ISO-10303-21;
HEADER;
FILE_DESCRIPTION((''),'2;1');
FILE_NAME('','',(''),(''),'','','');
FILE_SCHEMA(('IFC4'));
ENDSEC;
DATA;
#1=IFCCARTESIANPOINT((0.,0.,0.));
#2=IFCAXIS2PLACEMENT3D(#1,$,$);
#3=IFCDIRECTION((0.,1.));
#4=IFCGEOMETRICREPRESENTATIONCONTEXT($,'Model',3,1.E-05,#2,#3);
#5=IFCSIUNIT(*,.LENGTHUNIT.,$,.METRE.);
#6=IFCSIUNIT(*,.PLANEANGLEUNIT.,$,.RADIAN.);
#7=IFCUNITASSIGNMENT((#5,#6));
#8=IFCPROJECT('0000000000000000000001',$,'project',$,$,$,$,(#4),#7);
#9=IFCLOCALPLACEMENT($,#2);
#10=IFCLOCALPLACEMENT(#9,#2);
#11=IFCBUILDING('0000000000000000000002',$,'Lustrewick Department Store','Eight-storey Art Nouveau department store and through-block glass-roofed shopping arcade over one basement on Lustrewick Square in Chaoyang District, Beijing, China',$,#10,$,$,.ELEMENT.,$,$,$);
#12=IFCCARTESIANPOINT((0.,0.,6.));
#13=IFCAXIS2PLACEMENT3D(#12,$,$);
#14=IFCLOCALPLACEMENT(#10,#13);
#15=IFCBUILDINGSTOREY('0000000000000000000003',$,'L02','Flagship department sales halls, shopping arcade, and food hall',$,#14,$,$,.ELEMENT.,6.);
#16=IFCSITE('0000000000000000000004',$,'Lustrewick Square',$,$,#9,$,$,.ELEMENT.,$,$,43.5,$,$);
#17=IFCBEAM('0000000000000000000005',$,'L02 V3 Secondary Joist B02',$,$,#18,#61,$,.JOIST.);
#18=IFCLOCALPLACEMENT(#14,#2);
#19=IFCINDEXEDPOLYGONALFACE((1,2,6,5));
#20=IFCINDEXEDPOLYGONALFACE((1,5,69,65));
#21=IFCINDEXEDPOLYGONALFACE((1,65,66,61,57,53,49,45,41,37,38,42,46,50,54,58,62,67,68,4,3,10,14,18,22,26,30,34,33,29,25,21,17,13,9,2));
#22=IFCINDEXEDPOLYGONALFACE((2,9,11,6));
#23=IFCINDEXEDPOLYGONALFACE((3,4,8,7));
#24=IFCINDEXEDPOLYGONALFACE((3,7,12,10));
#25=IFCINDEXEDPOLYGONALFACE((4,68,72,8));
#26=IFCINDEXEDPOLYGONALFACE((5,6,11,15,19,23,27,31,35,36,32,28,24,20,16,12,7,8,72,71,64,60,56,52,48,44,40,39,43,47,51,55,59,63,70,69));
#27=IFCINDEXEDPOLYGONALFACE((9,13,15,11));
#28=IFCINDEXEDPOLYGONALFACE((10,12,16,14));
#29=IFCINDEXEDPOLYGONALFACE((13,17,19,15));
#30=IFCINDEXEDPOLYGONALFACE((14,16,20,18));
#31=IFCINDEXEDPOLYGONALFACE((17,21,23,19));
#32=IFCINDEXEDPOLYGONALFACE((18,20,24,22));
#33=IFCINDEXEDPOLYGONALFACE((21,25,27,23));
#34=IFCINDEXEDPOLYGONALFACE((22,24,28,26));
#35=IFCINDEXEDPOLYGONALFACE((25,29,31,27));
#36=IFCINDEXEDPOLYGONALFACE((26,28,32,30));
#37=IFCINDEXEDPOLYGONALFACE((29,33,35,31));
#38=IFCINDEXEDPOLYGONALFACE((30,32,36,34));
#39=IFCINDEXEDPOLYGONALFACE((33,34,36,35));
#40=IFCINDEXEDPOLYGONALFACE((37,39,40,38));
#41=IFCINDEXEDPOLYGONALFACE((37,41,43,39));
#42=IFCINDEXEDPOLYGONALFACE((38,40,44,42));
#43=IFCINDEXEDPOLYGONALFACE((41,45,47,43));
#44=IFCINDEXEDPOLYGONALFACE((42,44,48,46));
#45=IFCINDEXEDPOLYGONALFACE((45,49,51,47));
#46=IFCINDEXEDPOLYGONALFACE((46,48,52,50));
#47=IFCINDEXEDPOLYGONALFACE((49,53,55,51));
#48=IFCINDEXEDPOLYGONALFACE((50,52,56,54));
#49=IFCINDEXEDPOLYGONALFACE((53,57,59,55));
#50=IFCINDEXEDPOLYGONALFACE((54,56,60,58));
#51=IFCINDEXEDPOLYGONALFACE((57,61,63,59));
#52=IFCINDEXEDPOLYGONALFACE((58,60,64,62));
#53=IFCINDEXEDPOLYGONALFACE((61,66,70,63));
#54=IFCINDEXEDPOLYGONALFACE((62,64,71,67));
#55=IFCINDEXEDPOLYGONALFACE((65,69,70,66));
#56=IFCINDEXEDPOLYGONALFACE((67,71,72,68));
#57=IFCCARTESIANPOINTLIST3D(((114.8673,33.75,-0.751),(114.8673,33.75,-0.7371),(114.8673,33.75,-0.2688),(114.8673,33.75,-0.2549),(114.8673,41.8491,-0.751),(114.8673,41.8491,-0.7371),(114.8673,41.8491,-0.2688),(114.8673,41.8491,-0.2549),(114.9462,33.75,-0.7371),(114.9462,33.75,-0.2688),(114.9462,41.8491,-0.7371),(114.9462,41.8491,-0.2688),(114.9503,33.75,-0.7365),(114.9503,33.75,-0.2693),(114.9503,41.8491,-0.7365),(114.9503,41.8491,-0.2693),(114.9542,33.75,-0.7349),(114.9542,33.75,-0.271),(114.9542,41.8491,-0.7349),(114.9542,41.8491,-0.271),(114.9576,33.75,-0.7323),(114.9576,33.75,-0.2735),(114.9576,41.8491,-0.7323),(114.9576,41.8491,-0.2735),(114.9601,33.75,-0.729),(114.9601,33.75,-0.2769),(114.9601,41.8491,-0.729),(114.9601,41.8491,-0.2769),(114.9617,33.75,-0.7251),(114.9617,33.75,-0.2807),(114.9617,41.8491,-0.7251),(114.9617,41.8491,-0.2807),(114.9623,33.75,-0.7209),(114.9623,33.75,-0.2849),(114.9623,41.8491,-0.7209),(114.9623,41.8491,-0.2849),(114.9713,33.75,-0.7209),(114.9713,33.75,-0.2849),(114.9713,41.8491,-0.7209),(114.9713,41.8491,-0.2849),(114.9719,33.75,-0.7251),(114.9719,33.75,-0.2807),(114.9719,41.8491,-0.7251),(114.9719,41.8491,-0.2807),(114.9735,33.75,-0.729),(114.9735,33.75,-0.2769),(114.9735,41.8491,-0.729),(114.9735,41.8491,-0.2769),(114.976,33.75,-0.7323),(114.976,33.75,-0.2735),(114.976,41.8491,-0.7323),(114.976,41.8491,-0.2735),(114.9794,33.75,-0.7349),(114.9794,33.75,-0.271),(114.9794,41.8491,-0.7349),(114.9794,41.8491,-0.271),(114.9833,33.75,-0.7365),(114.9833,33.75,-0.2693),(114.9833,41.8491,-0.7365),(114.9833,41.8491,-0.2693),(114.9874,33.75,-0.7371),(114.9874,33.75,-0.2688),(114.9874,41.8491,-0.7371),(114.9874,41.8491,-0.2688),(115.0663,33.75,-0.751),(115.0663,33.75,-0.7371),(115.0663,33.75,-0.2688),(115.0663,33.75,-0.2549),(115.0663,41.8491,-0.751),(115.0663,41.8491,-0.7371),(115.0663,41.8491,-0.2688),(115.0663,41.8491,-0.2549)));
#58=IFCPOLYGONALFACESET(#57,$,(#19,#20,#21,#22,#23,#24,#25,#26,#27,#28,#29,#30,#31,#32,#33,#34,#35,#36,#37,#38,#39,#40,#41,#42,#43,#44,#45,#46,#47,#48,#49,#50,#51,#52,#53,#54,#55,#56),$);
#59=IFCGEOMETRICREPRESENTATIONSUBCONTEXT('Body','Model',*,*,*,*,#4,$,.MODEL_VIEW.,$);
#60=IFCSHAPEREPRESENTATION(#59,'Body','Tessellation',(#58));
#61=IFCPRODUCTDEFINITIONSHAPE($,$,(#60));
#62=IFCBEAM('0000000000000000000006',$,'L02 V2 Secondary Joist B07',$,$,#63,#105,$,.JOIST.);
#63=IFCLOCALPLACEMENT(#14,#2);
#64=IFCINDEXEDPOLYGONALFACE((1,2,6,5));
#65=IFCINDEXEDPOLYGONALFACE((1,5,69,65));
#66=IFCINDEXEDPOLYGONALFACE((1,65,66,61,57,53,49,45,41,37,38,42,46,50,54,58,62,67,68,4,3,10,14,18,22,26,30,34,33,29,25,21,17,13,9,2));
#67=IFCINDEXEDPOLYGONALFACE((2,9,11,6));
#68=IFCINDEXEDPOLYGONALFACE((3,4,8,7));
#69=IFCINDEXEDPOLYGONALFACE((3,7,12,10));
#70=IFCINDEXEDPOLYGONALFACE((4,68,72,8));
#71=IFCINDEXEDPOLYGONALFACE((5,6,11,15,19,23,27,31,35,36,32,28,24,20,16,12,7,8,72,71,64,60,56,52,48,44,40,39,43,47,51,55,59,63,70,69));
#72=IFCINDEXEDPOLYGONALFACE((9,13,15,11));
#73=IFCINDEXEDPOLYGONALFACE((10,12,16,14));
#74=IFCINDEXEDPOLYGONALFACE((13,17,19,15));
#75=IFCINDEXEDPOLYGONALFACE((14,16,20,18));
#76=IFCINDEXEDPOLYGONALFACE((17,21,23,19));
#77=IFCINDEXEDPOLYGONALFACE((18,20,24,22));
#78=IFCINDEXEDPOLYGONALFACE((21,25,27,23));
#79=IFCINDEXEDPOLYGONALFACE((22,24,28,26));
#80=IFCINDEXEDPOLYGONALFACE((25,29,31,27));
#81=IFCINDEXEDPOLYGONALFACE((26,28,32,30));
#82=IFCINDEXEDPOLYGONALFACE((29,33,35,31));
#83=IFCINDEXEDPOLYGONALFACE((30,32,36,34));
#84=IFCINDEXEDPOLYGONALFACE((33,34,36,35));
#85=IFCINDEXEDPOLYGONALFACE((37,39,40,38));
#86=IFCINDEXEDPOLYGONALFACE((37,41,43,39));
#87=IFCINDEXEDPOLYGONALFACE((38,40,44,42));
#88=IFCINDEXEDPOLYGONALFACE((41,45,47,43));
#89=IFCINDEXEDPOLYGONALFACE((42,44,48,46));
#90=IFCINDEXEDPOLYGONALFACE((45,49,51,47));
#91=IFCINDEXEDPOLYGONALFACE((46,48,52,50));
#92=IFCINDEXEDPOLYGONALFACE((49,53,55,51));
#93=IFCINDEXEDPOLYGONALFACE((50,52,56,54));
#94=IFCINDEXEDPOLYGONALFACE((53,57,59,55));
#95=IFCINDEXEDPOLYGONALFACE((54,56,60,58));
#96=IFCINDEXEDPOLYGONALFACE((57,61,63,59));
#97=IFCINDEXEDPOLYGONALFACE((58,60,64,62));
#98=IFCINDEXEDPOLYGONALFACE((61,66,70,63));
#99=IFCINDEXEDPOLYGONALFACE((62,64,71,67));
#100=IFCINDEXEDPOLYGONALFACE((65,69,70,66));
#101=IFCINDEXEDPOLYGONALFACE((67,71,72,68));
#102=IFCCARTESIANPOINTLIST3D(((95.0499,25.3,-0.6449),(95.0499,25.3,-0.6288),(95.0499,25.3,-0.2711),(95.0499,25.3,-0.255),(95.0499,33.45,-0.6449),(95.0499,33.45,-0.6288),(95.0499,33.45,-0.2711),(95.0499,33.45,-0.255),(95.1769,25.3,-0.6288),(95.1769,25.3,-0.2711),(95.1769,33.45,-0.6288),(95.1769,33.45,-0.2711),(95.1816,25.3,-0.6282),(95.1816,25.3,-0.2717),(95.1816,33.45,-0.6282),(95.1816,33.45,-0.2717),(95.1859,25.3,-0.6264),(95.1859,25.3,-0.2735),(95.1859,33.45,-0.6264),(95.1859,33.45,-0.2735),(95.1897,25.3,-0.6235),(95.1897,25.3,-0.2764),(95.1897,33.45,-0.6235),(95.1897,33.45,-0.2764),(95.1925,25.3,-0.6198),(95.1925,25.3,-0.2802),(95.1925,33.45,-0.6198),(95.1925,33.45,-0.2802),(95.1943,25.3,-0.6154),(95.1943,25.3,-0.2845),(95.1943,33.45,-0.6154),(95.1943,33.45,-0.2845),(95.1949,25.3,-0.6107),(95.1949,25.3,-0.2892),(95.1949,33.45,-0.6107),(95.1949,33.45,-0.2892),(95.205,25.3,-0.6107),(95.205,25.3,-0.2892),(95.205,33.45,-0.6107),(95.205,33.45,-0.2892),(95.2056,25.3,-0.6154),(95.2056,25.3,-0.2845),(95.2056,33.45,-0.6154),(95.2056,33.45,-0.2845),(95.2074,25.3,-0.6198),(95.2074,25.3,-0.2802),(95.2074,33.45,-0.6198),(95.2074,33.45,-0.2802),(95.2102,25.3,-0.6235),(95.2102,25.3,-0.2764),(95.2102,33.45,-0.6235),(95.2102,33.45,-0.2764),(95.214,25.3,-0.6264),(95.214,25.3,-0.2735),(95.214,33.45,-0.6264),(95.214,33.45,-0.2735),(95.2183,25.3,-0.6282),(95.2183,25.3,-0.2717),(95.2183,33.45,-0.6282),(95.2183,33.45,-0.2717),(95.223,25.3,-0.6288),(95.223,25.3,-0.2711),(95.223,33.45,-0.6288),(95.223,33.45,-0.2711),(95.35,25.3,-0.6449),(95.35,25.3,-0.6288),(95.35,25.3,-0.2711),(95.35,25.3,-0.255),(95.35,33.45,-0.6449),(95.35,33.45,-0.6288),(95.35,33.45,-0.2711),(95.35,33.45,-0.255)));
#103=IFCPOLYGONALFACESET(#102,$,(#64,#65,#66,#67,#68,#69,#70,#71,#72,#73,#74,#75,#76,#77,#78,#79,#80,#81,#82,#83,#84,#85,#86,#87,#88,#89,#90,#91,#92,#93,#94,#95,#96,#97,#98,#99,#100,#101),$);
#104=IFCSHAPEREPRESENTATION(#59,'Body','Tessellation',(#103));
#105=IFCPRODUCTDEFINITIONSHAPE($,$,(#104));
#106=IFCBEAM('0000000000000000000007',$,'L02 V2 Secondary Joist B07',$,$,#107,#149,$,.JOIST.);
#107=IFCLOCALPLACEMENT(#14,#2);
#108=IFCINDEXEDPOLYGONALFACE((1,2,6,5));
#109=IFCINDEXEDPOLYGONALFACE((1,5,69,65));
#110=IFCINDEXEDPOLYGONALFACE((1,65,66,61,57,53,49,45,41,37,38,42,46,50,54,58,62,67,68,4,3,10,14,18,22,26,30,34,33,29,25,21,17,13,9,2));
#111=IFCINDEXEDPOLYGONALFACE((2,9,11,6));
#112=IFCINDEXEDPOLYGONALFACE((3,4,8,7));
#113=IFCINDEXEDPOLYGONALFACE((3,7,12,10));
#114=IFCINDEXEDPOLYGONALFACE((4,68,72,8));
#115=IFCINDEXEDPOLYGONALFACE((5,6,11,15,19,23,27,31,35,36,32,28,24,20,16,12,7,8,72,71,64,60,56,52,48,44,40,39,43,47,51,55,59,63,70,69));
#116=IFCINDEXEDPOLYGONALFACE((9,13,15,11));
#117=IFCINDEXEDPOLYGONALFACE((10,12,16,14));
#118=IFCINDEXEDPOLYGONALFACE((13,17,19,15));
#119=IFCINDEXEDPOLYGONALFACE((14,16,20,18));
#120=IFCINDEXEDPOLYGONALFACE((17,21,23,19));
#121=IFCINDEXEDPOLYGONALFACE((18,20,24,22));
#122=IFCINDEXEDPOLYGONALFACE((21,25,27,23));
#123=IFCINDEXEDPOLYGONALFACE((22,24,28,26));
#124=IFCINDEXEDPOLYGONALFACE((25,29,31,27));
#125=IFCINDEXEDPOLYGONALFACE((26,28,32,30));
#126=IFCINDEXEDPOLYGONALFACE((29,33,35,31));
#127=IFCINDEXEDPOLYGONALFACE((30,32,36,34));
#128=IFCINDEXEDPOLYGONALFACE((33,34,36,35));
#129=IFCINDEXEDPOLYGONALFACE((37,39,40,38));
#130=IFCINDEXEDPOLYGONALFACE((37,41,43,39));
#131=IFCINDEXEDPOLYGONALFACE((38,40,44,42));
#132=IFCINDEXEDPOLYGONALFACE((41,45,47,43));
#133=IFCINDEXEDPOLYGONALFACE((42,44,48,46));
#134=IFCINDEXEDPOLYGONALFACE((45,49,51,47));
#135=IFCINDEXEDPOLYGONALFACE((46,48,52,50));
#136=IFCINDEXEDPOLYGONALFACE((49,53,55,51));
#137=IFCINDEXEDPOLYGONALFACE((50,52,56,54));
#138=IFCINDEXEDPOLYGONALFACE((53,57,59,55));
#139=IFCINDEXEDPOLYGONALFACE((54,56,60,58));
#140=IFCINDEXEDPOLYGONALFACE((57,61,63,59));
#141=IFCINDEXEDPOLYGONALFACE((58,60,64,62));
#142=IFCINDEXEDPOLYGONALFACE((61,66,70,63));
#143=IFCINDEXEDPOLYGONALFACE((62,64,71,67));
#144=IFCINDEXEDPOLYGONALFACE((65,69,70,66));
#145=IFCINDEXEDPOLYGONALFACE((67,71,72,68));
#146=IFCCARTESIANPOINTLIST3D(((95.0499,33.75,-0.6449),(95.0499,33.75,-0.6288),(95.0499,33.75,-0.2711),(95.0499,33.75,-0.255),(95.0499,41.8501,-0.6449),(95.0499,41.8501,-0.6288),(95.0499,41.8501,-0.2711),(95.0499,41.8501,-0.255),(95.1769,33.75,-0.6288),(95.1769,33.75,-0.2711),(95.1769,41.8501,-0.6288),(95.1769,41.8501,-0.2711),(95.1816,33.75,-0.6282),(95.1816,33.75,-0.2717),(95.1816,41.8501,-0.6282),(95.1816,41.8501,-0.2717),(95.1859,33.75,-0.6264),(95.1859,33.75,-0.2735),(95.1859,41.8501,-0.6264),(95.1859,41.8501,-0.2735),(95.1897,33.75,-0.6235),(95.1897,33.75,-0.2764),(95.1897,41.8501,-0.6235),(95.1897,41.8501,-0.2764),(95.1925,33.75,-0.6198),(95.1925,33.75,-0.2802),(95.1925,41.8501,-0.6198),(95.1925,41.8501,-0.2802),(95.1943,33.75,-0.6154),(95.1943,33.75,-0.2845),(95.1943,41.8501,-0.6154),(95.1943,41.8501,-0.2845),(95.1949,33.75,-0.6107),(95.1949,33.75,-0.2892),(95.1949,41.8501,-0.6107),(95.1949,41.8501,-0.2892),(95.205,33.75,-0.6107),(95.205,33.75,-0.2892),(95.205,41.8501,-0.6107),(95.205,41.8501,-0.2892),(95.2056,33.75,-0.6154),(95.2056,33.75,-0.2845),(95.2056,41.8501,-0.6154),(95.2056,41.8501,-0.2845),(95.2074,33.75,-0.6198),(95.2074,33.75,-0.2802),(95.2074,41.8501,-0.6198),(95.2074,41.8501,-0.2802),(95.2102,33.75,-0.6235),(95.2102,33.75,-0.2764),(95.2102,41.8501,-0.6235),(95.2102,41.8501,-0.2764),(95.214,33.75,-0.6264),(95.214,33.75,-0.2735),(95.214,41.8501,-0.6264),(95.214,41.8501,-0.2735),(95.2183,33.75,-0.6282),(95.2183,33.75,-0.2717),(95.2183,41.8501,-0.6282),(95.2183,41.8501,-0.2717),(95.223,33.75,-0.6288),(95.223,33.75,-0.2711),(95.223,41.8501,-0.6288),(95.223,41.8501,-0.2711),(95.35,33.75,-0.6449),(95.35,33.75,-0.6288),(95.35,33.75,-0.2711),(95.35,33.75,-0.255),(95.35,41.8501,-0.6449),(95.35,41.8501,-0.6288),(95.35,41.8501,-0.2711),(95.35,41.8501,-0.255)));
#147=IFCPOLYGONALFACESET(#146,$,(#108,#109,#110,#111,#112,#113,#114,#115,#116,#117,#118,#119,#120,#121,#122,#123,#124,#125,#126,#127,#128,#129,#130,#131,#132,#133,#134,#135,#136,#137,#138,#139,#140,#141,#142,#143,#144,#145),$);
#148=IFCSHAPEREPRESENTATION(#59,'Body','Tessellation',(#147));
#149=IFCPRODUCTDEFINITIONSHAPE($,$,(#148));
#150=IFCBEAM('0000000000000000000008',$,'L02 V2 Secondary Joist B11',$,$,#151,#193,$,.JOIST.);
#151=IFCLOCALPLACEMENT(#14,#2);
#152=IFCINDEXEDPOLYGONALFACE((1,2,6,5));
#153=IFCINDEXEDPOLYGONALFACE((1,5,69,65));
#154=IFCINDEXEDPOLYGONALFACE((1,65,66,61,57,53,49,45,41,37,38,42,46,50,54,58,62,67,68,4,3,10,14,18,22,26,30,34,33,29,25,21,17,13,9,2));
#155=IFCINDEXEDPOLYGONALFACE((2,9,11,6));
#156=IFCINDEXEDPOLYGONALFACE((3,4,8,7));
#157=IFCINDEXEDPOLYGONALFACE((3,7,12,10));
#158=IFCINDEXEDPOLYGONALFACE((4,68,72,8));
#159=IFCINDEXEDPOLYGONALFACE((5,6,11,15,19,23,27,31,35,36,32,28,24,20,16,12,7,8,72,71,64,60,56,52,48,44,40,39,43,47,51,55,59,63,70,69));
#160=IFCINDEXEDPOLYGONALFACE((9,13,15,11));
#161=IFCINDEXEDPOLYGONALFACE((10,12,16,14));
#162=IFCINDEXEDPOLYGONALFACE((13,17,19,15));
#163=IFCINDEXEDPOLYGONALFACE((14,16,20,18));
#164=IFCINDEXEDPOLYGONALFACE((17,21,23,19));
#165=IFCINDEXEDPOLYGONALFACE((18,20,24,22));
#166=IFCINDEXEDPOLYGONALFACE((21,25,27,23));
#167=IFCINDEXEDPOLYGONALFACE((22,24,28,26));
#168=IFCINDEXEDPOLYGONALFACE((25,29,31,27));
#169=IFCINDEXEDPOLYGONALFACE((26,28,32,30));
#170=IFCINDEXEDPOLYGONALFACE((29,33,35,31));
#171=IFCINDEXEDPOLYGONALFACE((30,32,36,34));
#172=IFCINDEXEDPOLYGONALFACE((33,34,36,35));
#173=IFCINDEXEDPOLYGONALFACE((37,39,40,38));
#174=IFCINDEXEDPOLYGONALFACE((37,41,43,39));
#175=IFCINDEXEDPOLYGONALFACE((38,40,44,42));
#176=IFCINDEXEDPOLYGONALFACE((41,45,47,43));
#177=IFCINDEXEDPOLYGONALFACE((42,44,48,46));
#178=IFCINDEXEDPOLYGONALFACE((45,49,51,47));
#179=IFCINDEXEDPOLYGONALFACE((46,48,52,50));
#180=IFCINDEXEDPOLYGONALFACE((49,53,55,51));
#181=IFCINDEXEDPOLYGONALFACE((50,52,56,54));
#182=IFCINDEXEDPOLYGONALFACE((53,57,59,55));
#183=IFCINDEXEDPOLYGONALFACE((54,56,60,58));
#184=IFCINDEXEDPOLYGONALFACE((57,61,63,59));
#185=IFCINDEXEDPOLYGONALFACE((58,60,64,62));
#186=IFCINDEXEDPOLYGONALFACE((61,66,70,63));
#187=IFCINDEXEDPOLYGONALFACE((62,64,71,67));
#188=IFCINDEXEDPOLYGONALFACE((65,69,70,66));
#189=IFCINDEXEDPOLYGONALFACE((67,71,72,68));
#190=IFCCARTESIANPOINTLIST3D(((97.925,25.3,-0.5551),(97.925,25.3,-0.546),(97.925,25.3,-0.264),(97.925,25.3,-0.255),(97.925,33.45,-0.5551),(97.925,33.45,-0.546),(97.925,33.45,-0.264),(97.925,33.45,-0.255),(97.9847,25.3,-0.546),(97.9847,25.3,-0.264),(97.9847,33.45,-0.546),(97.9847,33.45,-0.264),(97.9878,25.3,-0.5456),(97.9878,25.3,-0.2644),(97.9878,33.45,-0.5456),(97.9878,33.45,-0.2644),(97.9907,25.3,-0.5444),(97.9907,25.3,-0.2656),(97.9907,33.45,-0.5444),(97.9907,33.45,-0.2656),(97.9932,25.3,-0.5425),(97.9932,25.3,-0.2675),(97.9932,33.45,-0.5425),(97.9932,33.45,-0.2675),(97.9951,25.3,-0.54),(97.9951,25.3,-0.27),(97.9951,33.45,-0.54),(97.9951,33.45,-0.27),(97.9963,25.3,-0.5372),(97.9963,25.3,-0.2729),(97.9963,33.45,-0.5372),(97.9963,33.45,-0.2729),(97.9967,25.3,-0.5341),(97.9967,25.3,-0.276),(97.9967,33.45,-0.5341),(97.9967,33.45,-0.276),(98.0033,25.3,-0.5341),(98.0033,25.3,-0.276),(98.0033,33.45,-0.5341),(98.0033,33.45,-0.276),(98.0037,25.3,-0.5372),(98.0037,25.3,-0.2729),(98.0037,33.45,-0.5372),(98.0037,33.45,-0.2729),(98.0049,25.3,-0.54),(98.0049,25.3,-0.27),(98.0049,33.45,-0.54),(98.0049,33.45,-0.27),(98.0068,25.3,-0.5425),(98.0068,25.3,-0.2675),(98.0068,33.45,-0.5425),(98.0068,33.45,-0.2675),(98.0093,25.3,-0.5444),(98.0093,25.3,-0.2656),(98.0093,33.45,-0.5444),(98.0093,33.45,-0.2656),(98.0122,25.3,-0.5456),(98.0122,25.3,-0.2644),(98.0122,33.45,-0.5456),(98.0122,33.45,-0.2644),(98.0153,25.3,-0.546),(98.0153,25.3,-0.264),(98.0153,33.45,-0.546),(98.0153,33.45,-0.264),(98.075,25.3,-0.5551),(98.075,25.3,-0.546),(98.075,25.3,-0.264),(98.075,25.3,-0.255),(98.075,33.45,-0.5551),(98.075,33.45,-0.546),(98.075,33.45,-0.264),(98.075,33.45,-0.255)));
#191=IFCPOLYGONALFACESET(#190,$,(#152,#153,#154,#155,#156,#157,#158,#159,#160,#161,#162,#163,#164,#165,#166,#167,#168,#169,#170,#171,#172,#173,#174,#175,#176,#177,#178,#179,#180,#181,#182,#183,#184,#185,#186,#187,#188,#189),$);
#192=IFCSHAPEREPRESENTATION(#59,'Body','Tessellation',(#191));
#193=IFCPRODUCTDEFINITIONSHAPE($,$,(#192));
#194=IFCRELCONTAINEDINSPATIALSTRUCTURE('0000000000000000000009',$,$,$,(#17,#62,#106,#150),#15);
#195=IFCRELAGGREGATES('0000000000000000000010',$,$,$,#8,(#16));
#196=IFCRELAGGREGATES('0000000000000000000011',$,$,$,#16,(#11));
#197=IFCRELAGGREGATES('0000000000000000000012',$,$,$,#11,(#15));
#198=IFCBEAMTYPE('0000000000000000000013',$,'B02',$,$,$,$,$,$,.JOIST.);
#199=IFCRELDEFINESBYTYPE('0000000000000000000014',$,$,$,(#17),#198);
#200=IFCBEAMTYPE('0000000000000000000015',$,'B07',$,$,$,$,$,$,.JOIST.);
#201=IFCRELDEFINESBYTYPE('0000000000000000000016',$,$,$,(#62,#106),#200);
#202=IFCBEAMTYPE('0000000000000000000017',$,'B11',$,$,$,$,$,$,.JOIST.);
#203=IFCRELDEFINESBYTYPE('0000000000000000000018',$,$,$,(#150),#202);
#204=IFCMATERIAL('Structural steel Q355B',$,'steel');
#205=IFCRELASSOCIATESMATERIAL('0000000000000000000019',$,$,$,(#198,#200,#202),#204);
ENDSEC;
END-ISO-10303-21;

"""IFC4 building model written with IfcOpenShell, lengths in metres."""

from ifc_helpers import new_model, si_unit, direction, frame, origin, origin_2d, place, context, subcontext, project, spatial, i_section, extrude, material, material_profile, profile_set, type_object, element, save


model = new_model("IFC4")

# Units and contexts
model_context = context("Model", 3, precision=1e-05, world=origin(), true_north=direction((0.0, 1.0)))
body_context = subcontext(model_context, "Body", "Model", "MODEL_VIEW")
ifc_project = project(units=[si_unit("LENGTHUNIT", "METRE"), si_unit("PLANEANGLEUNIT", "RADIAN")], contexts=[model_context])

# Site, building, storey
site_placement = place(None, origin())
site = spatial("IfcSite", under=ifc_project, at=site_placement, Name="Lustrewick Square", CompositionType="ELEMENT", RefElevation=43.5)
building_placement = place(site_placement, origin())
building = spatial("IfcBuilding", under=site, at=building_placement, Name="Lustrewick Department Store", Description="Eight-storey Art Nouveau department store and through-block glass-roofed shopping arcade over one basement on Lustrewick Square in Chaoyang District, Beijing, China", CompositionType="ELEMENT")
storey_placement = place(building_placement, frame((0.0, 0.0, 6.0)))
storey = spatial("IfcBuildingStorey", under=building, at=storey_placement, Name="L02", Description="Flagship department sales halls, shopping arcade, and food hall", CompositionType="ELEMENT", Elevation=6.0)

# Shared definitions
ifc_material_1 = material(Name="Structural steel Q355B", Category="steel")

# Beams
ifc_material_profile_1 = material_profile(ifc_material_1, i_section(OverallWidth=0.199, OverallDepth=0.4961, WebThickness=0.009, FlangeThickness=0.0139, FilletRadius=0.0161, at=origin_2d()), Name="HN 496x199x9x14")
ifc_profile_set_1 = profile_set([ifc_material_profile_1], Name="Structural steel Q355B")
beam_type_1 = type_object("IfcBeamType", Name="B02", PredefinedType="JOIST", material=ifc_profile_set_1)
beam_1_placement = place(storey_placement, frame((114.9668, 33.75, -0.5029), z_axis=(0.0, 1.0, 0.0), x_axis=(-1.0, 0.0, 0.0)))
element("IfcBeam", 1, at=beam_1_placement, inside=storey, type_object=beam_type_1, Name="L02 V3 Secondary Joist B02", PredefinedType="JOIST", context=body_context, shape_type="SweptSolid", body=[
    extrude(i_section(OverallWidth=0.199, OverallDepth=0.4961, WebThickness=0.009, FlangeThickness=0.0139, FilletRadius=0.0161, at=origin_2d()), origin(), (0.0, 0.0, 1.0), 8.0991),
])
ifc_material_profile_2 = material_profile(ifc_material_1, i_section(OverallWidth=0.3, OverallDepth=0.3899, WebThickness=0.01, FlangeThickness=0.0161, FilletRadius=0.0181, at=origin_2d()), Name="HM 390x300x10x16")
ifc_profile_set_2 = profile_set([ifc_material_profile_2], Name="Structural steel Q355B")
beam_type_2 = type_object("IfcBeamType", Name="B07", PredefinedType="JOIST", material=ifc_profile_set_2)
beam_2_placement = place(storey_placement, frame((95.2, 25.3, -0.45), z_axis=(0.0, 1.0, 0.0), x_axis=(-1.0, 0.0, 0.0)))
element("IfcBeam", 2, at=beam_2_placement, inside=storey, type_object=beam_type_2, Name="L02 V2 Secondary Joist B07", PredefinedType="JOIST", context=body_context, shape_type="SweptSolid", body=[
    extrude(i_section(OverallWidth=0.3, OverallDepth=0.3899, WebThickness=0.01, FlangeThickness=0.0161, FilletRadius=0.0181, at=origin_2d()), origin(), (0.0, 0.0, 1.0), 8.1499),
])
beam_3_placement = place(storey_placement, frame((95.2, 33.75, -0.45), z_axis=(0.0, 1.0, 0.0), x_axis=(-1.0, 0.0, 0.0)))
element("IfcBeam", 3, at=beam_3_placement, inside=storey, type_object=beam_type_2, Name="L02 V2 Secondary Joist B07", PredefinedType="JOIST", context=body_context, shape_type="SweptSolid", body=[
    extrude(i_section(OverallWidth=0.3, OverallDepth=0.3899, WebThickness=0.01, FlangeThickness=0.0161, FilletRadius=0.0181, at=origin_2d()), origin(), (0.0, 0.0, 1.0), 8.1001),
])
ifc_material_profile_3 = material_profile(ifc_material_1, i_section(OverallWidth=0.1499, OverallDepth=0.3, WebThickness=0.0066, FlangeThickness=0.009, FilletRadius=0.012, at=origin_2d()), Name="HN 300x150x6.5x9")
ifc_profile_set_3 = profile_set([ifc_material_profile_3], Name="Structural steel Q355B")
beam_type_3 = type_object("IfcBeamType", Name="B11", PredefinedType="JOIST", material=ifc_profile_set_3)
beam_4_placement = place(storey_placement, frame((98.0, 25.3, -0.405), z_axis=(0.0, 1.0, 0.0), x_axis=(-1.0, 0.0, 0.0)))
element("IfcBeam", 4, at=beam_4_placement, inside=storey, type_object=beam_type_3, Name="L02 V2 Secondary Joist B11", PredefinedType="JOIST", context=body_context, shape_type="SweptSolid", body=[
    extrude(i_section(OverallWidth=0.1499, OverallDepth=0.3, WebThickness=0.0066, FlangeThickness=0.009, FilletRadius=0.012, at=origin_2d()), origin(), (0.0, 0.0, 1.0), 8.1499),
])

save(model, "model.ifc")
